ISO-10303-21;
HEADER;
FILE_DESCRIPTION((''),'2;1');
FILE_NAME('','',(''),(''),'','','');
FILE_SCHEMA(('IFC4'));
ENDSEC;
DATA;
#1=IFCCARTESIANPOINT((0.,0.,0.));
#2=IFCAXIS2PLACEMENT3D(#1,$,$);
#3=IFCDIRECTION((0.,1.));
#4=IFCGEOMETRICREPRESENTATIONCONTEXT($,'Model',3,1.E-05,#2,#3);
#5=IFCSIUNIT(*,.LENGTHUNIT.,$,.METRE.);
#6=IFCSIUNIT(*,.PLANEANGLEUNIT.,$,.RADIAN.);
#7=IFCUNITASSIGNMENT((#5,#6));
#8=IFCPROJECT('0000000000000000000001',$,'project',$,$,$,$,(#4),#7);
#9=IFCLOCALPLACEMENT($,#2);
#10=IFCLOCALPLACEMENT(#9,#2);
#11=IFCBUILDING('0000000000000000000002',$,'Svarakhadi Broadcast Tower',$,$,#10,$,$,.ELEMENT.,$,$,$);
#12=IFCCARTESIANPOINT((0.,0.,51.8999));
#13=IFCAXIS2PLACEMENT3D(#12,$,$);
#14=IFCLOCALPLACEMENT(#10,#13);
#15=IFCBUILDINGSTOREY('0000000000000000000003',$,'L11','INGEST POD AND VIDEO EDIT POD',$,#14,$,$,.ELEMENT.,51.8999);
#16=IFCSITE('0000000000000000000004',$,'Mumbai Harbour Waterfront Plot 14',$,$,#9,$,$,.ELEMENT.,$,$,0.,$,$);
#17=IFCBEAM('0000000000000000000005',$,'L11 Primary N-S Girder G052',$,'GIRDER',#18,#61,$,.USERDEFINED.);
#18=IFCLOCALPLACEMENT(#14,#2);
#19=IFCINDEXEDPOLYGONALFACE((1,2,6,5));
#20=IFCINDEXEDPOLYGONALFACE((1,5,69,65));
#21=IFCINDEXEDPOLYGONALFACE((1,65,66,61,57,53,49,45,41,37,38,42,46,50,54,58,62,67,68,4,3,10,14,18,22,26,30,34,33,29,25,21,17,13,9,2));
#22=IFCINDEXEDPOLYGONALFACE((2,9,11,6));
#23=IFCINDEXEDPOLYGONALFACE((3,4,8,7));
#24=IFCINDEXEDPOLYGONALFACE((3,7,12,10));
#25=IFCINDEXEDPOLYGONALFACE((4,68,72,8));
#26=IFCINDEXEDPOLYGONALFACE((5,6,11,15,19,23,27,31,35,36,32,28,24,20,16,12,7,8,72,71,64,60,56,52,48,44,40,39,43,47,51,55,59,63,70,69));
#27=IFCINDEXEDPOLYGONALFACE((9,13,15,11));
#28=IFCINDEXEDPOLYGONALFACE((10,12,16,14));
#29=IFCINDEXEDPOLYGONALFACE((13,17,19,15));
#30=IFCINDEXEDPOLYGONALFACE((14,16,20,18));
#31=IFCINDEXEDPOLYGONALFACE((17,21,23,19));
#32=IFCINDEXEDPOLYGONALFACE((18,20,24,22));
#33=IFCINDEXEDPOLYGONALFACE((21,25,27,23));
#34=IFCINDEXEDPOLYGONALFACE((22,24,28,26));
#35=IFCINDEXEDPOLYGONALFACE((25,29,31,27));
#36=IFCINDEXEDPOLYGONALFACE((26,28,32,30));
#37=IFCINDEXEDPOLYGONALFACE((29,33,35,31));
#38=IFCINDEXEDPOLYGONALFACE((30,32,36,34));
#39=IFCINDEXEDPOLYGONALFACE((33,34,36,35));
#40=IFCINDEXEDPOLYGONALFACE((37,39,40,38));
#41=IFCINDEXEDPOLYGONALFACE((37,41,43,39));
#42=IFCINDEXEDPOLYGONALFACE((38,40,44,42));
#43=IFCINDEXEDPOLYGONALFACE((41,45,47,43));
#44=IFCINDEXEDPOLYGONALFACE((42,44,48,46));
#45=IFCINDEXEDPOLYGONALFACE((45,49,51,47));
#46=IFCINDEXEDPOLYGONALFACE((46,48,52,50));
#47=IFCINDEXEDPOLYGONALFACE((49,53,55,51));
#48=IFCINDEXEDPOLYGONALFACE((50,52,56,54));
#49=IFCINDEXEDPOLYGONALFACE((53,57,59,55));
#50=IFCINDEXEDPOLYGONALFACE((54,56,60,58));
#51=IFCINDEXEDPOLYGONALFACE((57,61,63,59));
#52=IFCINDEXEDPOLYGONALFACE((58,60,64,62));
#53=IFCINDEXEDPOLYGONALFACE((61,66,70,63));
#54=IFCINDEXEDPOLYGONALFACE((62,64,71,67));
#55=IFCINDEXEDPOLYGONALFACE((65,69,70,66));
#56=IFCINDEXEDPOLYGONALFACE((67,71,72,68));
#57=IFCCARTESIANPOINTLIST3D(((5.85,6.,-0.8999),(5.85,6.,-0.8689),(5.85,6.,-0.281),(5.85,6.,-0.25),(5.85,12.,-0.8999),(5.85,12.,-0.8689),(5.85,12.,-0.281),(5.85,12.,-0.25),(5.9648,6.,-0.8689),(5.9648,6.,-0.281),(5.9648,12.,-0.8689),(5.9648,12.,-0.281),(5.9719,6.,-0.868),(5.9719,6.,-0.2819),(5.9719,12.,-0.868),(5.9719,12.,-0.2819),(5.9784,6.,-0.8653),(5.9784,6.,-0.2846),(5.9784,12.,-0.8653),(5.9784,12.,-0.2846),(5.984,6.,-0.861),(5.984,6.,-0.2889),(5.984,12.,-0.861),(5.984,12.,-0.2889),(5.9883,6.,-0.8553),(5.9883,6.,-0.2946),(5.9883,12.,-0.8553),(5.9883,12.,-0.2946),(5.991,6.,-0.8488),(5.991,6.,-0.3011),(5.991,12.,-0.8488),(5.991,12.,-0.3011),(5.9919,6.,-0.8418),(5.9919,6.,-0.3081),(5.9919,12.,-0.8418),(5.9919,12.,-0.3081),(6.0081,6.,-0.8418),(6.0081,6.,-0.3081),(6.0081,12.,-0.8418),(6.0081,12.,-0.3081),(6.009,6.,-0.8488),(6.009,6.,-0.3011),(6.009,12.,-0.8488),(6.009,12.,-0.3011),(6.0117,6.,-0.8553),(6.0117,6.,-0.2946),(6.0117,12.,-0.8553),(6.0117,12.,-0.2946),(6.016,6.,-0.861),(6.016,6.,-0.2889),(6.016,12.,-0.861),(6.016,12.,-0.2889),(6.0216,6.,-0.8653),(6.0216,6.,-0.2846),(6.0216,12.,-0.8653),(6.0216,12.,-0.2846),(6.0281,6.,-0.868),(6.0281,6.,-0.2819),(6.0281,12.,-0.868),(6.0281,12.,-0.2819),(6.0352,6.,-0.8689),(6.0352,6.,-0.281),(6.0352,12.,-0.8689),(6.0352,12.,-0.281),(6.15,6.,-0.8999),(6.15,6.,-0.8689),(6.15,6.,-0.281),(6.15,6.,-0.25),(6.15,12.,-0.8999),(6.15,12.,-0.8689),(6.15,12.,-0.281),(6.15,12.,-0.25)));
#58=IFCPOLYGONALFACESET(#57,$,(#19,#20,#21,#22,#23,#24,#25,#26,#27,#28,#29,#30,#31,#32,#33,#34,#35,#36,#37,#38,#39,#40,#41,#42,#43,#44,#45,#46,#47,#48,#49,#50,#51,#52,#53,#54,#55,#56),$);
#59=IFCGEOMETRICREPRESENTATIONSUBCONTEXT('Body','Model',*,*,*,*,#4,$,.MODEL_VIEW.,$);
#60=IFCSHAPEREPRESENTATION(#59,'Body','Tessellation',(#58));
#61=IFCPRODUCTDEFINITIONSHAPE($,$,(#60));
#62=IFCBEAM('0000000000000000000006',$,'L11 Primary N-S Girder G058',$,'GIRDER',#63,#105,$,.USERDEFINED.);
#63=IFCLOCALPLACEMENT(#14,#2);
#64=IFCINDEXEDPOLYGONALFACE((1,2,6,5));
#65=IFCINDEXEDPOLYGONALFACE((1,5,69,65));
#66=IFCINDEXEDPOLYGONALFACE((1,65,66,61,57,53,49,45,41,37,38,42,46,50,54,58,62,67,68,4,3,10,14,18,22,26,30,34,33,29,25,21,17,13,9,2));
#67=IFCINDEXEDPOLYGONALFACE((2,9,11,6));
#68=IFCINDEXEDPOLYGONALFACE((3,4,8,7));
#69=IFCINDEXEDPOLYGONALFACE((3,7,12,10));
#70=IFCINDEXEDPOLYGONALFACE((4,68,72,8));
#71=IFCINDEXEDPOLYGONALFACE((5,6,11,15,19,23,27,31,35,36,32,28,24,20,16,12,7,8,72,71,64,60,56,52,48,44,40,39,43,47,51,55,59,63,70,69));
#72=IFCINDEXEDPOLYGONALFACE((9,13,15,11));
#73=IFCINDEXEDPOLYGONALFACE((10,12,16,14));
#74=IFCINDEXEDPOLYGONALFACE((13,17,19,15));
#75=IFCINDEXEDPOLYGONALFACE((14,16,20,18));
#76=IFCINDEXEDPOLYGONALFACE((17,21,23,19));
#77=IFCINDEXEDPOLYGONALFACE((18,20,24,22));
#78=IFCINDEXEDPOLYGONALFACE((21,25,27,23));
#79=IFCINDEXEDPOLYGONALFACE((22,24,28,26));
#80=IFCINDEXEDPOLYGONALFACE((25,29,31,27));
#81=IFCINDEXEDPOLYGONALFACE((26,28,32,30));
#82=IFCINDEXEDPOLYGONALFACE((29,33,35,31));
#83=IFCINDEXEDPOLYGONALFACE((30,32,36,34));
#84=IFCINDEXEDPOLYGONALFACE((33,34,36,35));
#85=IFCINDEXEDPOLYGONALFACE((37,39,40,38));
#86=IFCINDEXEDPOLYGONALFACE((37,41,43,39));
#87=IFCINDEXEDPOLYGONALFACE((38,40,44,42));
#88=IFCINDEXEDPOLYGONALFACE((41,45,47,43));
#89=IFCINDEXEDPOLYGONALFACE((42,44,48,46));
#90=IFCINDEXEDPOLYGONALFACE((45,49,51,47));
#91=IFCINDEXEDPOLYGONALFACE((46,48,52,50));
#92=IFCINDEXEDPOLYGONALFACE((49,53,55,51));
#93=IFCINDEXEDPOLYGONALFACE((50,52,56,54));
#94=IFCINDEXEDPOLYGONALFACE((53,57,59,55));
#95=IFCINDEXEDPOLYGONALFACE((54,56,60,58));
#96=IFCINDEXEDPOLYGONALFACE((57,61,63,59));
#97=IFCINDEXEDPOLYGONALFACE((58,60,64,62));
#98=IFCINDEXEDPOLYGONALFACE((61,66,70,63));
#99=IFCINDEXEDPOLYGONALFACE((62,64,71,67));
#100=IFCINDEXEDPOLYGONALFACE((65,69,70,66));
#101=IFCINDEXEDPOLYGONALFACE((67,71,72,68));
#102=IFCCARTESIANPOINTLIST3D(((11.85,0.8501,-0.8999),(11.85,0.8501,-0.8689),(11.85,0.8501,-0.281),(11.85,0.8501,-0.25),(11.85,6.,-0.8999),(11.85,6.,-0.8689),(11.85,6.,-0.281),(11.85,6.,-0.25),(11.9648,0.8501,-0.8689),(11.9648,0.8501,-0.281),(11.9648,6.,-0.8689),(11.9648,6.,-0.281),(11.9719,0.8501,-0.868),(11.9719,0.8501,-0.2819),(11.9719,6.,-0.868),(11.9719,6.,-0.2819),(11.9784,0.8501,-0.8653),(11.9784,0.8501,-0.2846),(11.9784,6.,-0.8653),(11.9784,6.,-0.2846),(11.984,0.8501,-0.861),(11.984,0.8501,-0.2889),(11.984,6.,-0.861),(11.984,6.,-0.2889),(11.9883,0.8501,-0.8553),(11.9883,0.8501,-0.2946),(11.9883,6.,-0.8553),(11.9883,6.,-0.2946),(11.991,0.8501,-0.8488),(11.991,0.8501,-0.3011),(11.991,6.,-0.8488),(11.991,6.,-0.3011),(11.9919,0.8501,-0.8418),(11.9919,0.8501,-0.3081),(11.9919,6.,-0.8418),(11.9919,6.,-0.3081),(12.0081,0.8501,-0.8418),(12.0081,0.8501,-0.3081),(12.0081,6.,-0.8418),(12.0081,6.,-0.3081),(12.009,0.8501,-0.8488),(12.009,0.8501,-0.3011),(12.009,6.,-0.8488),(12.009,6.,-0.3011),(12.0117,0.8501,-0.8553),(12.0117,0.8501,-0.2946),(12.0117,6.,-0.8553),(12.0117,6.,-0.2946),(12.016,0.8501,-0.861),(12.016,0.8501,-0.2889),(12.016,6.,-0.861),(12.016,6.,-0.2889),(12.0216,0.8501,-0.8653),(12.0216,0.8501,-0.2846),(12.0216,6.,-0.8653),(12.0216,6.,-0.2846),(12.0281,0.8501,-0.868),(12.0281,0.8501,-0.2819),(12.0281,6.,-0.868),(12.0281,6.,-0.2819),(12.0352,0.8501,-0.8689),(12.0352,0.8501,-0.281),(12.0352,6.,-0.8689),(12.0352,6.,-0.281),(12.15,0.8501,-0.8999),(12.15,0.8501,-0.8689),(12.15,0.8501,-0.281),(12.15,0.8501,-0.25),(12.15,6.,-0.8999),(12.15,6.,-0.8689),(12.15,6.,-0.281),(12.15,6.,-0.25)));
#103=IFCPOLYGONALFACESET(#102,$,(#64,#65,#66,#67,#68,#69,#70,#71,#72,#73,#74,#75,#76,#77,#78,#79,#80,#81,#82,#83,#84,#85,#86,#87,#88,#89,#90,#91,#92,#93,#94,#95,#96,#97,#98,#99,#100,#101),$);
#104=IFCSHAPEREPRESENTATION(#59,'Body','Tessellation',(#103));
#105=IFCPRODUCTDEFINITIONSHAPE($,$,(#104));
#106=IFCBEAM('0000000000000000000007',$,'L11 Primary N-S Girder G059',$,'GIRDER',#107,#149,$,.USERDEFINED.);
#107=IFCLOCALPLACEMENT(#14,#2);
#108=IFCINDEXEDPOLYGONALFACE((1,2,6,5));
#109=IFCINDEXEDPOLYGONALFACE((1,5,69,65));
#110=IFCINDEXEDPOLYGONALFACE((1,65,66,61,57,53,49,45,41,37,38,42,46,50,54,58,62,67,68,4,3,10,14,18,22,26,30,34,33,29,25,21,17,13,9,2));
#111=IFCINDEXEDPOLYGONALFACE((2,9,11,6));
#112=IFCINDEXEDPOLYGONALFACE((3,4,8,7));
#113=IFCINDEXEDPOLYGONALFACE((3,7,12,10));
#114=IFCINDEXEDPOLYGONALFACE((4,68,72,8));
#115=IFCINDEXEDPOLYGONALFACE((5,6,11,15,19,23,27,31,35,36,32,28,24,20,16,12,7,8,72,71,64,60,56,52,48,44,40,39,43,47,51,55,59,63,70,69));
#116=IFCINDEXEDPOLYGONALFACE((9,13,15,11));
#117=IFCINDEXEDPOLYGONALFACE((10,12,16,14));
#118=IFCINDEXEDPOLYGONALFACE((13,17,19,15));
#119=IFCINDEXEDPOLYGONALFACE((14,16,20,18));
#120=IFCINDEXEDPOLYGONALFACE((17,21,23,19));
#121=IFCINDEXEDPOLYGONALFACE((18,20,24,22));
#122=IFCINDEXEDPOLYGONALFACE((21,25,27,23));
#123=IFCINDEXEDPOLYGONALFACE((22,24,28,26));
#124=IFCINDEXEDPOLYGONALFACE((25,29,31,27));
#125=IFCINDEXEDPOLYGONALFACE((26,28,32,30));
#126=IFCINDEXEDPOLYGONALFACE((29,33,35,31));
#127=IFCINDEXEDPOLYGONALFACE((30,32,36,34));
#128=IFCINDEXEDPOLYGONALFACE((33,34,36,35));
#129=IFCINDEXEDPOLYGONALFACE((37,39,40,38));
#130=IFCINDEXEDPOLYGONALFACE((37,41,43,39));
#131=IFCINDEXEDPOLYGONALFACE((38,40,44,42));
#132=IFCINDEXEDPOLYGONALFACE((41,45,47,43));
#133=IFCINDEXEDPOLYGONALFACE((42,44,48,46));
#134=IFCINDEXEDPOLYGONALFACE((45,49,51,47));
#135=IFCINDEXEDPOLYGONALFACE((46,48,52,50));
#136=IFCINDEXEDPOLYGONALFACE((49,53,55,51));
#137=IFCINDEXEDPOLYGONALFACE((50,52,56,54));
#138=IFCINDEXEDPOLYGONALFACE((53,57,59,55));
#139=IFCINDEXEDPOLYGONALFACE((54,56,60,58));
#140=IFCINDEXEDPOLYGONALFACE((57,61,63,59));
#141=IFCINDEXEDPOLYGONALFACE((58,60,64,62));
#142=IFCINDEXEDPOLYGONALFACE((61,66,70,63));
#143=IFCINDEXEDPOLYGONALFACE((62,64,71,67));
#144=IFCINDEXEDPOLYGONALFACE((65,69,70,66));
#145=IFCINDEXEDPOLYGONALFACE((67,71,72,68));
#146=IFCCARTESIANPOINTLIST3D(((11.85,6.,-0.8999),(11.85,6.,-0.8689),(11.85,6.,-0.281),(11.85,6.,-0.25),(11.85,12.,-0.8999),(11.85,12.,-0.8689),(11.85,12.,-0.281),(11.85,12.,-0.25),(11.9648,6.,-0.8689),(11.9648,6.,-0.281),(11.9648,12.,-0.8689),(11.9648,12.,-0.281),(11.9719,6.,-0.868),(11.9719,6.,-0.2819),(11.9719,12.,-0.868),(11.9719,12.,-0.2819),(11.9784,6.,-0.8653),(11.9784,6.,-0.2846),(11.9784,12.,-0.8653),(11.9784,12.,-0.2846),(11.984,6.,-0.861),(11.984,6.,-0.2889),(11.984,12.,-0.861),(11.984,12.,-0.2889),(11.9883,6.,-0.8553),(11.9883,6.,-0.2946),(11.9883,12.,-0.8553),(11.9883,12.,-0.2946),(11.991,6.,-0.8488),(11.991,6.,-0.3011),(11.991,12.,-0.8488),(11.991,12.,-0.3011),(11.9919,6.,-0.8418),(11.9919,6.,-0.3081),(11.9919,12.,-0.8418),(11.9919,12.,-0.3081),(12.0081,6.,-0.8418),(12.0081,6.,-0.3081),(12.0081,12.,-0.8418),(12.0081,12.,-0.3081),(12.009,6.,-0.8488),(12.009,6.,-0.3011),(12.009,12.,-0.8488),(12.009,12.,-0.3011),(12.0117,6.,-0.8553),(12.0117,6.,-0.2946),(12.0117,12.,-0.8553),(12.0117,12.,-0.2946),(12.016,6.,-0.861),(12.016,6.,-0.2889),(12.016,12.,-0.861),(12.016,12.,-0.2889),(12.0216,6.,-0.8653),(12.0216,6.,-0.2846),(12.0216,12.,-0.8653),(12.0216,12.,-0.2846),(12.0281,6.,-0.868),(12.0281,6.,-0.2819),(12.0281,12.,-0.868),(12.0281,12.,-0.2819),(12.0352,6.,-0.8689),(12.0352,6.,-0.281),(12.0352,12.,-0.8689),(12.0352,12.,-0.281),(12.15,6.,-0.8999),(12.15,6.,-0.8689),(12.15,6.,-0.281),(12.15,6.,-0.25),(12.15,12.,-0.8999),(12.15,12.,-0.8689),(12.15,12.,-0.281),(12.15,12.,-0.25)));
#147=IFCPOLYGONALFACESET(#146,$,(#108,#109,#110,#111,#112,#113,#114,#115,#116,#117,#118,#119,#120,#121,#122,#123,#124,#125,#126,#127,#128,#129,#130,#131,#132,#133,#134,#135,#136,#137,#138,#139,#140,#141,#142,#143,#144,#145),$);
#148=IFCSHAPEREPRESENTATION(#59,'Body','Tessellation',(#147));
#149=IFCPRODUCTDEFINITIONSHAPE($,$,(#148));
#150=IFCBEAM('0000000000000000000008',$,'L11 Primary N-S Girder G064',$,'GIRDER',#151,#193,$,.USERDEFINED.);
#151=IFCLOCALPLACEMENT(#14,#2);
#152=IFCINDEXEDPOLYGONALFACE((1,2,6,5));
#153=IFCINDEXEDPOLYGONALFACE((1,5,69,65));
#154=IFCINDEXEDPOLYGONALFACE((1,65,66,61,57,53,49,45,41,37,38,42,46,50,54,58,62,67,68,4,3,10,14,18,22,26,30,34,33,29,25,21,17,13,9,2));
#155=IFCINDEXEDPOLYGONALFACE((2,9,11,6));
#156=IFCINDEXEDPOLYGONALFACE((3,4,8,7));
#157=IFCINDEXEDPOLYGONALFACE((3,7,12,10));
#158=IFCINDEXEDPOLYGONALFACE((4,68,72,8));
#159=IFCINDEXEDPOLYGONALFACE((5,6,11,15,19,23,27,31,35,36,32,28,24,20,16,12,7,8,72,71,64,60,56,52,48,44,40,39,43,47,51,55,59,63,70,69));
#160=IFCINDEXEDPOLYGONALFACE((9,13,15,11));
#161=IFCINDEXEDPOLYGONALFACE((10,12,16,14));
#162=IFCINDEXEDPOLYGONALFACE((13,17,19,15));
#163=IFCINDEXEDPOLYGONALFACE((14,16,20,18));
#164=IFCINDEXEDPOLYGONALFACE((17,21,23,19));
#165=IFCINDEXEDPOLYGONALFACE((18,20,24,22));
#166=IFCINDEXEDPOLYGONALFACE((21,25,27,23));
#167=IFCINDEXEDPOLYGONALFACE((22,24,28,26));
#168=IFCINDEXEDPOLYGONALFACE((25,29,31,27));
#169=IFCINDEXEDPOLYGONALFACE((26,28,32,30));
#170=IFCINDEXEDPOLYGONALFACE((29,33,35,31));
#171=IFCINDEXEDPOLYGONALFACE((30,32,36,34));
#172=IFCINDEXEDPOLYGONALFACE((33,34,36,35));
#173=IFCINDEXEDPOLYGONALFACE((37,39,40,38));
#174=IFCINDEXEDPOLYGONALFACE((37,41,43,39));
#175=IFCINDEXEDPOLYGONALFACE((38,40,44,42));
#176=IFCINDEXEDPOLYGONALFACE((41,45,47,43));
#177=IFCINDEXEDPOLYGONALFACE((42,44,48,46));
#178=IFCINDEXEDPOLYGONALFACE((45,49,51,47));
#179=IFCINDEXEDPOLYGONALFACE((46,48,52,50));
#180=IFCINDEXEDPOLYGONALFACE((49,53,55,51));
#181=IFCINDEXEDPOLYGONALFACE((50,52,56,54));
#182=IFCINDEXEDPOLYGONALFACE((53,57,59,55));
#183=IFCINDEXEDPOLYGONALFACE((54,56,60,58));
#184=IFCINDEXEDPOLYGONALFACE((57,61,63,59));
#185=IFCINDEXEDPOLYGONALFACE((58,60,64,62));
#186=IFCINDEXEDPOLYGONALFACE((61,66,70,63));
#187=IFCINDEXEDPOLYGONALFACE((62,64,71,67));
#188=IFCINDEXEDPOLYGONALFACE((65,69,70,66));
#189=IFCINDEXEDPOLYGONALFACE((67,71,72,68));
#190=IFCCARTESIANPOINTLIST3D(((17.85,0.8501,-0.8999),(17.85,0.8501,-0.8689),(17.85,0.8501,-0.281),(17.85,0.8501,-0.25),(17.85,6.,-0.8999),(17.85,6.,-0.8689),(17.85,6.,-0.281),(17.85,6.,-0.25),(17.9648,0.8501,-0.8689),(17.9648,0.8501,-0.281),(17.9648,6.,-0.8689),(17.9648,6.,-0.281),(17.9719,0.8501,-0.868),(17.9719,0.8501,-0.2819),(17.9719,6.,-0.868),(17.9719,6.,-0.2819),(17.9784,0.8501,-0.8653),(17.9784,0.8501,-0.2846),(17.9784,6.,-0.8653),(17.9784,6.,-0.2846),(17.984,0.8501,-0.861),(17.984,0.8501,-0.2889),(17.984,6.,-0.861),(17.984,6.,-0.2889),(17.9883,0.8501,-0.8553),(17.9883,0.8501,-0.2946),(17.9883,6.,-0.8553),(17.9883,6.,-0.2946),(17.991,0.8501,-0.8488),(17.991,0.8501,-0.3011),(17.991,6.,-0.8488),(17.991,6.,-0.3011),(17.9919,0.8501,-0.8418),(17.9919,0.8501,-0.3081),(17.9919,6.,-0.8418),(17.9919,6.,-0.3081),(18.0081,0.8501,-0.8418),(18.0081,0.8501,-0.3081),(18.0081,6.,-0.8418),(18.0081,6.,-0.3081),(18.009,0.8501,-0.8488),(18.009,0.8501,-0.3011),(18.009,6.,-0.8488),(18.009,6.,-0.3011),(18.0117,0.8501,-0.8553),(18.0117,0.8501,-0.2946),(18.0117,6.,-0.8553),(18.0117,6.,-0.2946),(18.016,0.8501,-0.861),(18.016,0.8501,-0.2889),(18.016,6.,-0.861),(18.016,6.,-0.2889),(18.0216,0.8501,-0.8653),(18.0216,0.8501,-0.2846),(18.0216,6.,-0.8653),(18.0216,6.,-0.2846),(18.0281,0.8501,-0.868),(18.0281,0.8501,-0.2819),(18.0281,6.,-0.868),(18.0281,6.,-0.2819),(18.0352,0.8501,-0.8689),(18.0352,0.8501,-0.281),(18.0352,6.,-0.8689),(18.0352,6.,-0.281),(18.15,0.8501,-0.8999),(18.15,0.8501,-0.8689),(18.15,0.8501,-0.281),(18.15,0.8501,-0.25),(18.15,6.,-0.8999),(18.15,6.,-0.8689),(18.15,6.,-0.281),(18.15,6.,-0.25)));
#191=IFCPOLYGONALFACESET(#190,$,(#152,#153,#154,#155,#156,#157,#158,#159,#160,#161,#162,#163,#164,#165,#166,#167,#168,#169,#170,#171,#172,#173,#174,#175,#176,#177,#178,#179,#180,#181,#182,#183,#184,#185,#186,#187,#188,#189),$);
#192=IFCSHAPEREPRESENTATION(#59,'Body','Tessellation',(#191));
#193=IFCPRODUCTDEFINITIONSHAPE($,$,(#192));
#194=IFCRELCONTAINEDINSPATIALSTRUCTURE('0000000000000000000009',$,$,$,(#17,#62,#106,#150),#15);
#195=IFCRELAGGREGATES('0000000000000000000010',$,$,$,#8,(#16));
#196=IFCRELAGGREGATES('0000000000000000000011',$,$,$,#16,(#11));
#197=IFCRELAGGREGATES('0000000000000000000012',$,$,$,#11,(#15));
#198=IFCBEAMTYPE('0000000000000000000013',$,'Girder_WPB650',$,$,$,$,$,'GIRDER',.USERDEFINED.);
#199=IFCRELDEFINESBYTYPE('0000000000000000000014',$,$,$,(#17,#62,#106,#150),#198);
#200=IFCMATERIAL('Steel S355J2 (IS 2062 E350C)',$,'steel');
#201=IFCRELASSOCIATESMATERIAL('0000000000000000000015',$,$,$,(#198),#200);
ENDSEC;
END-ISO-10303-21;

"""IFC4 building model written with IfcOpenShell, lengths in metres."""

from ifc_helpers import new_model, si_unit, direction, frame, origin, origin_2d, place, context, subcontext, project, spatial, i_section, extrude, material, material_profile, profile_set, type_object, element, save


model = new_model("IFC4")

# Units and contexts
model_context = context("Model", 3, precision=1e-05, world=origin(), true_north=direction((0.0, 1.0)))
body_context = subcontext(model_context, "Body", "Model", "MODEL_VIEW")
ifc_project = project(units=[si_unit("LENGTHUNIT", "METRE"), si_unit("PLANEANGLEUNIT", "RADIAN")], contexts=[model_context])

# Site, building, storey
site_placement = place(None, origin())
site = spatial("IfcSite", under=ifc_project, at=site_placement, Name="Mumbai Harbour Waterfront Plot 14", CompositionType="ELEMENT", RefElevation=0.0)
building_placement = place(site_placement, origin())
building = spatial("IfcBuilding", under=site, at=building_placement, Name="Svarakhadi Broadcast Tower", CompositionType="ELEMENT")
storey_placement = place(building_placement, frame((0.0, 0.0, 51.8999)))
storey = spatial("IfcBuildingStorey", under=building, at=storey_placement, Name="L11", Description="INGEST POD AND VIDEO EDIT POD", CompositionType="ELEMENT", Elevation=51.8999)

# Shared definitions
ifc_material_1 = material(Name="Steel S355J2 (IS 2062 E350C)", Category="steel")

# Beams
ifc_material_profile_1 = material_profile(ifc_material_1, i_section(OverallWidth=0.3, OverallDepth=0.6499, WebThickness=0.0161, FlangeThickness=0.031, FilletRadius=0.0271, at=origin_2d()), Name="WPB 650x300x225")
ifc_profile_set_1 = profile_set([ifc_material_profile_1], Name="Steel S355J2 (IS 2062 E350C)")
beam_type_1 = type_object("IfcBeamType", Name="Girder_WPB650", ElementType="GIRDER", PredefinedType="USERDEFINED", material=ifc_profile_set_1)
beam_1_placement = place(storey_placement, frame((6.0, 6.0, -0.575), z_axis=(0.0, 1.0, 0.0), x_axis=(-1.0, 0.0, 0.0)))
element("IfcBeam", 1, at=beam_1_placement, inside=storey, type_object=beam_type_1, Name="L11 Primary N-S Girder G052", ObjectType="GIRDER", PredefinedType="USERDEFINED", context=body_context, shape_type="SweptSolid", body=[
    extrude(i_section(OverallWidth=0.3, OverallDepth=0.6499, WebThickness=0.0161, FlangeThickness=0.031, FilletRadius=0.0271, at=origin_2d()), origin(), (0.0, 0.0, 1.0), 6.0),
])
beam_2_placement = place(storey_placement, frame((12.0, 0.8501, -0.575), z_axis=(0.0, 1.0, 0.0), x_axis=(-1.0, 0.0, 0.0)))
element("IfcBeam", 2, at=beam_2_placement, inside=storey, type_object=beam_type_1, Name="L11 Primary N-S Girder G058", ObjectType="GIRDER", PredefinedType="USERDEFINED", context=body_context, shape_type="SweptSolid", body=[
    extrude(i_section(OverallWidth=0.3, OverallDepth=0.6499, WebThickness=0.0161, FlangeThickness=0.031, FilletRadius=0.0271, at=origin_2d()), origin(), (0.0, 0.0, 1.0), 5.1499),
])
beam_3_placement = place(storey_placement, frame((12.0, 6.0, -0.575), z_axis=(0.0, 1.0, 0.0), x_axis=(-1.0, 0.0, 0.0)))
element("IfcBeam", 3, at=beam_3_placement, inside=storey, type_object=beam_type_1, Name="L11 Primary N-S Girder G059", ObjectType="GIRDER", PredefinedType="USERDEFINED", context=body_context, shape_type="SweptSolid", body=[
    extrude(i_section(OverallWidth=0.3, OverallDepth=0.6499, WebThickness=0.0161, FlangeThickness=0.031, FilletRadius=0.0271, at=origin_2d()), origin(), (0.0, 0.0, 1.0), 6.0),
])
beam_4_placement = place(storey_placement, frame((18.0, 0.8501, -0.575), z_axis=(0.0, 1.0, 0.0), x_axis=(-1.0, 0.0, 0.0)))
element("IfcBeam", 4, at=beam_4_placement, inside=storey, type_object=beam_type_1, Name="L11 Primary N-S Girder G064", ObjectType="GIRDER", PredefinedType="USERDEFINED", context=body_context, shape_type="SweptSolid", body=[
    extrude(i_section(OverallWidth=0.3, OverallDepth=0.6499, WebThickness=0.0161, FlangeThickness=0.031, FilletRadius=0.0271, at=origin_2d()), origin(), (0.0, 0.0, 1.0), 5.1499),
])

save(model, "model.ifc")
